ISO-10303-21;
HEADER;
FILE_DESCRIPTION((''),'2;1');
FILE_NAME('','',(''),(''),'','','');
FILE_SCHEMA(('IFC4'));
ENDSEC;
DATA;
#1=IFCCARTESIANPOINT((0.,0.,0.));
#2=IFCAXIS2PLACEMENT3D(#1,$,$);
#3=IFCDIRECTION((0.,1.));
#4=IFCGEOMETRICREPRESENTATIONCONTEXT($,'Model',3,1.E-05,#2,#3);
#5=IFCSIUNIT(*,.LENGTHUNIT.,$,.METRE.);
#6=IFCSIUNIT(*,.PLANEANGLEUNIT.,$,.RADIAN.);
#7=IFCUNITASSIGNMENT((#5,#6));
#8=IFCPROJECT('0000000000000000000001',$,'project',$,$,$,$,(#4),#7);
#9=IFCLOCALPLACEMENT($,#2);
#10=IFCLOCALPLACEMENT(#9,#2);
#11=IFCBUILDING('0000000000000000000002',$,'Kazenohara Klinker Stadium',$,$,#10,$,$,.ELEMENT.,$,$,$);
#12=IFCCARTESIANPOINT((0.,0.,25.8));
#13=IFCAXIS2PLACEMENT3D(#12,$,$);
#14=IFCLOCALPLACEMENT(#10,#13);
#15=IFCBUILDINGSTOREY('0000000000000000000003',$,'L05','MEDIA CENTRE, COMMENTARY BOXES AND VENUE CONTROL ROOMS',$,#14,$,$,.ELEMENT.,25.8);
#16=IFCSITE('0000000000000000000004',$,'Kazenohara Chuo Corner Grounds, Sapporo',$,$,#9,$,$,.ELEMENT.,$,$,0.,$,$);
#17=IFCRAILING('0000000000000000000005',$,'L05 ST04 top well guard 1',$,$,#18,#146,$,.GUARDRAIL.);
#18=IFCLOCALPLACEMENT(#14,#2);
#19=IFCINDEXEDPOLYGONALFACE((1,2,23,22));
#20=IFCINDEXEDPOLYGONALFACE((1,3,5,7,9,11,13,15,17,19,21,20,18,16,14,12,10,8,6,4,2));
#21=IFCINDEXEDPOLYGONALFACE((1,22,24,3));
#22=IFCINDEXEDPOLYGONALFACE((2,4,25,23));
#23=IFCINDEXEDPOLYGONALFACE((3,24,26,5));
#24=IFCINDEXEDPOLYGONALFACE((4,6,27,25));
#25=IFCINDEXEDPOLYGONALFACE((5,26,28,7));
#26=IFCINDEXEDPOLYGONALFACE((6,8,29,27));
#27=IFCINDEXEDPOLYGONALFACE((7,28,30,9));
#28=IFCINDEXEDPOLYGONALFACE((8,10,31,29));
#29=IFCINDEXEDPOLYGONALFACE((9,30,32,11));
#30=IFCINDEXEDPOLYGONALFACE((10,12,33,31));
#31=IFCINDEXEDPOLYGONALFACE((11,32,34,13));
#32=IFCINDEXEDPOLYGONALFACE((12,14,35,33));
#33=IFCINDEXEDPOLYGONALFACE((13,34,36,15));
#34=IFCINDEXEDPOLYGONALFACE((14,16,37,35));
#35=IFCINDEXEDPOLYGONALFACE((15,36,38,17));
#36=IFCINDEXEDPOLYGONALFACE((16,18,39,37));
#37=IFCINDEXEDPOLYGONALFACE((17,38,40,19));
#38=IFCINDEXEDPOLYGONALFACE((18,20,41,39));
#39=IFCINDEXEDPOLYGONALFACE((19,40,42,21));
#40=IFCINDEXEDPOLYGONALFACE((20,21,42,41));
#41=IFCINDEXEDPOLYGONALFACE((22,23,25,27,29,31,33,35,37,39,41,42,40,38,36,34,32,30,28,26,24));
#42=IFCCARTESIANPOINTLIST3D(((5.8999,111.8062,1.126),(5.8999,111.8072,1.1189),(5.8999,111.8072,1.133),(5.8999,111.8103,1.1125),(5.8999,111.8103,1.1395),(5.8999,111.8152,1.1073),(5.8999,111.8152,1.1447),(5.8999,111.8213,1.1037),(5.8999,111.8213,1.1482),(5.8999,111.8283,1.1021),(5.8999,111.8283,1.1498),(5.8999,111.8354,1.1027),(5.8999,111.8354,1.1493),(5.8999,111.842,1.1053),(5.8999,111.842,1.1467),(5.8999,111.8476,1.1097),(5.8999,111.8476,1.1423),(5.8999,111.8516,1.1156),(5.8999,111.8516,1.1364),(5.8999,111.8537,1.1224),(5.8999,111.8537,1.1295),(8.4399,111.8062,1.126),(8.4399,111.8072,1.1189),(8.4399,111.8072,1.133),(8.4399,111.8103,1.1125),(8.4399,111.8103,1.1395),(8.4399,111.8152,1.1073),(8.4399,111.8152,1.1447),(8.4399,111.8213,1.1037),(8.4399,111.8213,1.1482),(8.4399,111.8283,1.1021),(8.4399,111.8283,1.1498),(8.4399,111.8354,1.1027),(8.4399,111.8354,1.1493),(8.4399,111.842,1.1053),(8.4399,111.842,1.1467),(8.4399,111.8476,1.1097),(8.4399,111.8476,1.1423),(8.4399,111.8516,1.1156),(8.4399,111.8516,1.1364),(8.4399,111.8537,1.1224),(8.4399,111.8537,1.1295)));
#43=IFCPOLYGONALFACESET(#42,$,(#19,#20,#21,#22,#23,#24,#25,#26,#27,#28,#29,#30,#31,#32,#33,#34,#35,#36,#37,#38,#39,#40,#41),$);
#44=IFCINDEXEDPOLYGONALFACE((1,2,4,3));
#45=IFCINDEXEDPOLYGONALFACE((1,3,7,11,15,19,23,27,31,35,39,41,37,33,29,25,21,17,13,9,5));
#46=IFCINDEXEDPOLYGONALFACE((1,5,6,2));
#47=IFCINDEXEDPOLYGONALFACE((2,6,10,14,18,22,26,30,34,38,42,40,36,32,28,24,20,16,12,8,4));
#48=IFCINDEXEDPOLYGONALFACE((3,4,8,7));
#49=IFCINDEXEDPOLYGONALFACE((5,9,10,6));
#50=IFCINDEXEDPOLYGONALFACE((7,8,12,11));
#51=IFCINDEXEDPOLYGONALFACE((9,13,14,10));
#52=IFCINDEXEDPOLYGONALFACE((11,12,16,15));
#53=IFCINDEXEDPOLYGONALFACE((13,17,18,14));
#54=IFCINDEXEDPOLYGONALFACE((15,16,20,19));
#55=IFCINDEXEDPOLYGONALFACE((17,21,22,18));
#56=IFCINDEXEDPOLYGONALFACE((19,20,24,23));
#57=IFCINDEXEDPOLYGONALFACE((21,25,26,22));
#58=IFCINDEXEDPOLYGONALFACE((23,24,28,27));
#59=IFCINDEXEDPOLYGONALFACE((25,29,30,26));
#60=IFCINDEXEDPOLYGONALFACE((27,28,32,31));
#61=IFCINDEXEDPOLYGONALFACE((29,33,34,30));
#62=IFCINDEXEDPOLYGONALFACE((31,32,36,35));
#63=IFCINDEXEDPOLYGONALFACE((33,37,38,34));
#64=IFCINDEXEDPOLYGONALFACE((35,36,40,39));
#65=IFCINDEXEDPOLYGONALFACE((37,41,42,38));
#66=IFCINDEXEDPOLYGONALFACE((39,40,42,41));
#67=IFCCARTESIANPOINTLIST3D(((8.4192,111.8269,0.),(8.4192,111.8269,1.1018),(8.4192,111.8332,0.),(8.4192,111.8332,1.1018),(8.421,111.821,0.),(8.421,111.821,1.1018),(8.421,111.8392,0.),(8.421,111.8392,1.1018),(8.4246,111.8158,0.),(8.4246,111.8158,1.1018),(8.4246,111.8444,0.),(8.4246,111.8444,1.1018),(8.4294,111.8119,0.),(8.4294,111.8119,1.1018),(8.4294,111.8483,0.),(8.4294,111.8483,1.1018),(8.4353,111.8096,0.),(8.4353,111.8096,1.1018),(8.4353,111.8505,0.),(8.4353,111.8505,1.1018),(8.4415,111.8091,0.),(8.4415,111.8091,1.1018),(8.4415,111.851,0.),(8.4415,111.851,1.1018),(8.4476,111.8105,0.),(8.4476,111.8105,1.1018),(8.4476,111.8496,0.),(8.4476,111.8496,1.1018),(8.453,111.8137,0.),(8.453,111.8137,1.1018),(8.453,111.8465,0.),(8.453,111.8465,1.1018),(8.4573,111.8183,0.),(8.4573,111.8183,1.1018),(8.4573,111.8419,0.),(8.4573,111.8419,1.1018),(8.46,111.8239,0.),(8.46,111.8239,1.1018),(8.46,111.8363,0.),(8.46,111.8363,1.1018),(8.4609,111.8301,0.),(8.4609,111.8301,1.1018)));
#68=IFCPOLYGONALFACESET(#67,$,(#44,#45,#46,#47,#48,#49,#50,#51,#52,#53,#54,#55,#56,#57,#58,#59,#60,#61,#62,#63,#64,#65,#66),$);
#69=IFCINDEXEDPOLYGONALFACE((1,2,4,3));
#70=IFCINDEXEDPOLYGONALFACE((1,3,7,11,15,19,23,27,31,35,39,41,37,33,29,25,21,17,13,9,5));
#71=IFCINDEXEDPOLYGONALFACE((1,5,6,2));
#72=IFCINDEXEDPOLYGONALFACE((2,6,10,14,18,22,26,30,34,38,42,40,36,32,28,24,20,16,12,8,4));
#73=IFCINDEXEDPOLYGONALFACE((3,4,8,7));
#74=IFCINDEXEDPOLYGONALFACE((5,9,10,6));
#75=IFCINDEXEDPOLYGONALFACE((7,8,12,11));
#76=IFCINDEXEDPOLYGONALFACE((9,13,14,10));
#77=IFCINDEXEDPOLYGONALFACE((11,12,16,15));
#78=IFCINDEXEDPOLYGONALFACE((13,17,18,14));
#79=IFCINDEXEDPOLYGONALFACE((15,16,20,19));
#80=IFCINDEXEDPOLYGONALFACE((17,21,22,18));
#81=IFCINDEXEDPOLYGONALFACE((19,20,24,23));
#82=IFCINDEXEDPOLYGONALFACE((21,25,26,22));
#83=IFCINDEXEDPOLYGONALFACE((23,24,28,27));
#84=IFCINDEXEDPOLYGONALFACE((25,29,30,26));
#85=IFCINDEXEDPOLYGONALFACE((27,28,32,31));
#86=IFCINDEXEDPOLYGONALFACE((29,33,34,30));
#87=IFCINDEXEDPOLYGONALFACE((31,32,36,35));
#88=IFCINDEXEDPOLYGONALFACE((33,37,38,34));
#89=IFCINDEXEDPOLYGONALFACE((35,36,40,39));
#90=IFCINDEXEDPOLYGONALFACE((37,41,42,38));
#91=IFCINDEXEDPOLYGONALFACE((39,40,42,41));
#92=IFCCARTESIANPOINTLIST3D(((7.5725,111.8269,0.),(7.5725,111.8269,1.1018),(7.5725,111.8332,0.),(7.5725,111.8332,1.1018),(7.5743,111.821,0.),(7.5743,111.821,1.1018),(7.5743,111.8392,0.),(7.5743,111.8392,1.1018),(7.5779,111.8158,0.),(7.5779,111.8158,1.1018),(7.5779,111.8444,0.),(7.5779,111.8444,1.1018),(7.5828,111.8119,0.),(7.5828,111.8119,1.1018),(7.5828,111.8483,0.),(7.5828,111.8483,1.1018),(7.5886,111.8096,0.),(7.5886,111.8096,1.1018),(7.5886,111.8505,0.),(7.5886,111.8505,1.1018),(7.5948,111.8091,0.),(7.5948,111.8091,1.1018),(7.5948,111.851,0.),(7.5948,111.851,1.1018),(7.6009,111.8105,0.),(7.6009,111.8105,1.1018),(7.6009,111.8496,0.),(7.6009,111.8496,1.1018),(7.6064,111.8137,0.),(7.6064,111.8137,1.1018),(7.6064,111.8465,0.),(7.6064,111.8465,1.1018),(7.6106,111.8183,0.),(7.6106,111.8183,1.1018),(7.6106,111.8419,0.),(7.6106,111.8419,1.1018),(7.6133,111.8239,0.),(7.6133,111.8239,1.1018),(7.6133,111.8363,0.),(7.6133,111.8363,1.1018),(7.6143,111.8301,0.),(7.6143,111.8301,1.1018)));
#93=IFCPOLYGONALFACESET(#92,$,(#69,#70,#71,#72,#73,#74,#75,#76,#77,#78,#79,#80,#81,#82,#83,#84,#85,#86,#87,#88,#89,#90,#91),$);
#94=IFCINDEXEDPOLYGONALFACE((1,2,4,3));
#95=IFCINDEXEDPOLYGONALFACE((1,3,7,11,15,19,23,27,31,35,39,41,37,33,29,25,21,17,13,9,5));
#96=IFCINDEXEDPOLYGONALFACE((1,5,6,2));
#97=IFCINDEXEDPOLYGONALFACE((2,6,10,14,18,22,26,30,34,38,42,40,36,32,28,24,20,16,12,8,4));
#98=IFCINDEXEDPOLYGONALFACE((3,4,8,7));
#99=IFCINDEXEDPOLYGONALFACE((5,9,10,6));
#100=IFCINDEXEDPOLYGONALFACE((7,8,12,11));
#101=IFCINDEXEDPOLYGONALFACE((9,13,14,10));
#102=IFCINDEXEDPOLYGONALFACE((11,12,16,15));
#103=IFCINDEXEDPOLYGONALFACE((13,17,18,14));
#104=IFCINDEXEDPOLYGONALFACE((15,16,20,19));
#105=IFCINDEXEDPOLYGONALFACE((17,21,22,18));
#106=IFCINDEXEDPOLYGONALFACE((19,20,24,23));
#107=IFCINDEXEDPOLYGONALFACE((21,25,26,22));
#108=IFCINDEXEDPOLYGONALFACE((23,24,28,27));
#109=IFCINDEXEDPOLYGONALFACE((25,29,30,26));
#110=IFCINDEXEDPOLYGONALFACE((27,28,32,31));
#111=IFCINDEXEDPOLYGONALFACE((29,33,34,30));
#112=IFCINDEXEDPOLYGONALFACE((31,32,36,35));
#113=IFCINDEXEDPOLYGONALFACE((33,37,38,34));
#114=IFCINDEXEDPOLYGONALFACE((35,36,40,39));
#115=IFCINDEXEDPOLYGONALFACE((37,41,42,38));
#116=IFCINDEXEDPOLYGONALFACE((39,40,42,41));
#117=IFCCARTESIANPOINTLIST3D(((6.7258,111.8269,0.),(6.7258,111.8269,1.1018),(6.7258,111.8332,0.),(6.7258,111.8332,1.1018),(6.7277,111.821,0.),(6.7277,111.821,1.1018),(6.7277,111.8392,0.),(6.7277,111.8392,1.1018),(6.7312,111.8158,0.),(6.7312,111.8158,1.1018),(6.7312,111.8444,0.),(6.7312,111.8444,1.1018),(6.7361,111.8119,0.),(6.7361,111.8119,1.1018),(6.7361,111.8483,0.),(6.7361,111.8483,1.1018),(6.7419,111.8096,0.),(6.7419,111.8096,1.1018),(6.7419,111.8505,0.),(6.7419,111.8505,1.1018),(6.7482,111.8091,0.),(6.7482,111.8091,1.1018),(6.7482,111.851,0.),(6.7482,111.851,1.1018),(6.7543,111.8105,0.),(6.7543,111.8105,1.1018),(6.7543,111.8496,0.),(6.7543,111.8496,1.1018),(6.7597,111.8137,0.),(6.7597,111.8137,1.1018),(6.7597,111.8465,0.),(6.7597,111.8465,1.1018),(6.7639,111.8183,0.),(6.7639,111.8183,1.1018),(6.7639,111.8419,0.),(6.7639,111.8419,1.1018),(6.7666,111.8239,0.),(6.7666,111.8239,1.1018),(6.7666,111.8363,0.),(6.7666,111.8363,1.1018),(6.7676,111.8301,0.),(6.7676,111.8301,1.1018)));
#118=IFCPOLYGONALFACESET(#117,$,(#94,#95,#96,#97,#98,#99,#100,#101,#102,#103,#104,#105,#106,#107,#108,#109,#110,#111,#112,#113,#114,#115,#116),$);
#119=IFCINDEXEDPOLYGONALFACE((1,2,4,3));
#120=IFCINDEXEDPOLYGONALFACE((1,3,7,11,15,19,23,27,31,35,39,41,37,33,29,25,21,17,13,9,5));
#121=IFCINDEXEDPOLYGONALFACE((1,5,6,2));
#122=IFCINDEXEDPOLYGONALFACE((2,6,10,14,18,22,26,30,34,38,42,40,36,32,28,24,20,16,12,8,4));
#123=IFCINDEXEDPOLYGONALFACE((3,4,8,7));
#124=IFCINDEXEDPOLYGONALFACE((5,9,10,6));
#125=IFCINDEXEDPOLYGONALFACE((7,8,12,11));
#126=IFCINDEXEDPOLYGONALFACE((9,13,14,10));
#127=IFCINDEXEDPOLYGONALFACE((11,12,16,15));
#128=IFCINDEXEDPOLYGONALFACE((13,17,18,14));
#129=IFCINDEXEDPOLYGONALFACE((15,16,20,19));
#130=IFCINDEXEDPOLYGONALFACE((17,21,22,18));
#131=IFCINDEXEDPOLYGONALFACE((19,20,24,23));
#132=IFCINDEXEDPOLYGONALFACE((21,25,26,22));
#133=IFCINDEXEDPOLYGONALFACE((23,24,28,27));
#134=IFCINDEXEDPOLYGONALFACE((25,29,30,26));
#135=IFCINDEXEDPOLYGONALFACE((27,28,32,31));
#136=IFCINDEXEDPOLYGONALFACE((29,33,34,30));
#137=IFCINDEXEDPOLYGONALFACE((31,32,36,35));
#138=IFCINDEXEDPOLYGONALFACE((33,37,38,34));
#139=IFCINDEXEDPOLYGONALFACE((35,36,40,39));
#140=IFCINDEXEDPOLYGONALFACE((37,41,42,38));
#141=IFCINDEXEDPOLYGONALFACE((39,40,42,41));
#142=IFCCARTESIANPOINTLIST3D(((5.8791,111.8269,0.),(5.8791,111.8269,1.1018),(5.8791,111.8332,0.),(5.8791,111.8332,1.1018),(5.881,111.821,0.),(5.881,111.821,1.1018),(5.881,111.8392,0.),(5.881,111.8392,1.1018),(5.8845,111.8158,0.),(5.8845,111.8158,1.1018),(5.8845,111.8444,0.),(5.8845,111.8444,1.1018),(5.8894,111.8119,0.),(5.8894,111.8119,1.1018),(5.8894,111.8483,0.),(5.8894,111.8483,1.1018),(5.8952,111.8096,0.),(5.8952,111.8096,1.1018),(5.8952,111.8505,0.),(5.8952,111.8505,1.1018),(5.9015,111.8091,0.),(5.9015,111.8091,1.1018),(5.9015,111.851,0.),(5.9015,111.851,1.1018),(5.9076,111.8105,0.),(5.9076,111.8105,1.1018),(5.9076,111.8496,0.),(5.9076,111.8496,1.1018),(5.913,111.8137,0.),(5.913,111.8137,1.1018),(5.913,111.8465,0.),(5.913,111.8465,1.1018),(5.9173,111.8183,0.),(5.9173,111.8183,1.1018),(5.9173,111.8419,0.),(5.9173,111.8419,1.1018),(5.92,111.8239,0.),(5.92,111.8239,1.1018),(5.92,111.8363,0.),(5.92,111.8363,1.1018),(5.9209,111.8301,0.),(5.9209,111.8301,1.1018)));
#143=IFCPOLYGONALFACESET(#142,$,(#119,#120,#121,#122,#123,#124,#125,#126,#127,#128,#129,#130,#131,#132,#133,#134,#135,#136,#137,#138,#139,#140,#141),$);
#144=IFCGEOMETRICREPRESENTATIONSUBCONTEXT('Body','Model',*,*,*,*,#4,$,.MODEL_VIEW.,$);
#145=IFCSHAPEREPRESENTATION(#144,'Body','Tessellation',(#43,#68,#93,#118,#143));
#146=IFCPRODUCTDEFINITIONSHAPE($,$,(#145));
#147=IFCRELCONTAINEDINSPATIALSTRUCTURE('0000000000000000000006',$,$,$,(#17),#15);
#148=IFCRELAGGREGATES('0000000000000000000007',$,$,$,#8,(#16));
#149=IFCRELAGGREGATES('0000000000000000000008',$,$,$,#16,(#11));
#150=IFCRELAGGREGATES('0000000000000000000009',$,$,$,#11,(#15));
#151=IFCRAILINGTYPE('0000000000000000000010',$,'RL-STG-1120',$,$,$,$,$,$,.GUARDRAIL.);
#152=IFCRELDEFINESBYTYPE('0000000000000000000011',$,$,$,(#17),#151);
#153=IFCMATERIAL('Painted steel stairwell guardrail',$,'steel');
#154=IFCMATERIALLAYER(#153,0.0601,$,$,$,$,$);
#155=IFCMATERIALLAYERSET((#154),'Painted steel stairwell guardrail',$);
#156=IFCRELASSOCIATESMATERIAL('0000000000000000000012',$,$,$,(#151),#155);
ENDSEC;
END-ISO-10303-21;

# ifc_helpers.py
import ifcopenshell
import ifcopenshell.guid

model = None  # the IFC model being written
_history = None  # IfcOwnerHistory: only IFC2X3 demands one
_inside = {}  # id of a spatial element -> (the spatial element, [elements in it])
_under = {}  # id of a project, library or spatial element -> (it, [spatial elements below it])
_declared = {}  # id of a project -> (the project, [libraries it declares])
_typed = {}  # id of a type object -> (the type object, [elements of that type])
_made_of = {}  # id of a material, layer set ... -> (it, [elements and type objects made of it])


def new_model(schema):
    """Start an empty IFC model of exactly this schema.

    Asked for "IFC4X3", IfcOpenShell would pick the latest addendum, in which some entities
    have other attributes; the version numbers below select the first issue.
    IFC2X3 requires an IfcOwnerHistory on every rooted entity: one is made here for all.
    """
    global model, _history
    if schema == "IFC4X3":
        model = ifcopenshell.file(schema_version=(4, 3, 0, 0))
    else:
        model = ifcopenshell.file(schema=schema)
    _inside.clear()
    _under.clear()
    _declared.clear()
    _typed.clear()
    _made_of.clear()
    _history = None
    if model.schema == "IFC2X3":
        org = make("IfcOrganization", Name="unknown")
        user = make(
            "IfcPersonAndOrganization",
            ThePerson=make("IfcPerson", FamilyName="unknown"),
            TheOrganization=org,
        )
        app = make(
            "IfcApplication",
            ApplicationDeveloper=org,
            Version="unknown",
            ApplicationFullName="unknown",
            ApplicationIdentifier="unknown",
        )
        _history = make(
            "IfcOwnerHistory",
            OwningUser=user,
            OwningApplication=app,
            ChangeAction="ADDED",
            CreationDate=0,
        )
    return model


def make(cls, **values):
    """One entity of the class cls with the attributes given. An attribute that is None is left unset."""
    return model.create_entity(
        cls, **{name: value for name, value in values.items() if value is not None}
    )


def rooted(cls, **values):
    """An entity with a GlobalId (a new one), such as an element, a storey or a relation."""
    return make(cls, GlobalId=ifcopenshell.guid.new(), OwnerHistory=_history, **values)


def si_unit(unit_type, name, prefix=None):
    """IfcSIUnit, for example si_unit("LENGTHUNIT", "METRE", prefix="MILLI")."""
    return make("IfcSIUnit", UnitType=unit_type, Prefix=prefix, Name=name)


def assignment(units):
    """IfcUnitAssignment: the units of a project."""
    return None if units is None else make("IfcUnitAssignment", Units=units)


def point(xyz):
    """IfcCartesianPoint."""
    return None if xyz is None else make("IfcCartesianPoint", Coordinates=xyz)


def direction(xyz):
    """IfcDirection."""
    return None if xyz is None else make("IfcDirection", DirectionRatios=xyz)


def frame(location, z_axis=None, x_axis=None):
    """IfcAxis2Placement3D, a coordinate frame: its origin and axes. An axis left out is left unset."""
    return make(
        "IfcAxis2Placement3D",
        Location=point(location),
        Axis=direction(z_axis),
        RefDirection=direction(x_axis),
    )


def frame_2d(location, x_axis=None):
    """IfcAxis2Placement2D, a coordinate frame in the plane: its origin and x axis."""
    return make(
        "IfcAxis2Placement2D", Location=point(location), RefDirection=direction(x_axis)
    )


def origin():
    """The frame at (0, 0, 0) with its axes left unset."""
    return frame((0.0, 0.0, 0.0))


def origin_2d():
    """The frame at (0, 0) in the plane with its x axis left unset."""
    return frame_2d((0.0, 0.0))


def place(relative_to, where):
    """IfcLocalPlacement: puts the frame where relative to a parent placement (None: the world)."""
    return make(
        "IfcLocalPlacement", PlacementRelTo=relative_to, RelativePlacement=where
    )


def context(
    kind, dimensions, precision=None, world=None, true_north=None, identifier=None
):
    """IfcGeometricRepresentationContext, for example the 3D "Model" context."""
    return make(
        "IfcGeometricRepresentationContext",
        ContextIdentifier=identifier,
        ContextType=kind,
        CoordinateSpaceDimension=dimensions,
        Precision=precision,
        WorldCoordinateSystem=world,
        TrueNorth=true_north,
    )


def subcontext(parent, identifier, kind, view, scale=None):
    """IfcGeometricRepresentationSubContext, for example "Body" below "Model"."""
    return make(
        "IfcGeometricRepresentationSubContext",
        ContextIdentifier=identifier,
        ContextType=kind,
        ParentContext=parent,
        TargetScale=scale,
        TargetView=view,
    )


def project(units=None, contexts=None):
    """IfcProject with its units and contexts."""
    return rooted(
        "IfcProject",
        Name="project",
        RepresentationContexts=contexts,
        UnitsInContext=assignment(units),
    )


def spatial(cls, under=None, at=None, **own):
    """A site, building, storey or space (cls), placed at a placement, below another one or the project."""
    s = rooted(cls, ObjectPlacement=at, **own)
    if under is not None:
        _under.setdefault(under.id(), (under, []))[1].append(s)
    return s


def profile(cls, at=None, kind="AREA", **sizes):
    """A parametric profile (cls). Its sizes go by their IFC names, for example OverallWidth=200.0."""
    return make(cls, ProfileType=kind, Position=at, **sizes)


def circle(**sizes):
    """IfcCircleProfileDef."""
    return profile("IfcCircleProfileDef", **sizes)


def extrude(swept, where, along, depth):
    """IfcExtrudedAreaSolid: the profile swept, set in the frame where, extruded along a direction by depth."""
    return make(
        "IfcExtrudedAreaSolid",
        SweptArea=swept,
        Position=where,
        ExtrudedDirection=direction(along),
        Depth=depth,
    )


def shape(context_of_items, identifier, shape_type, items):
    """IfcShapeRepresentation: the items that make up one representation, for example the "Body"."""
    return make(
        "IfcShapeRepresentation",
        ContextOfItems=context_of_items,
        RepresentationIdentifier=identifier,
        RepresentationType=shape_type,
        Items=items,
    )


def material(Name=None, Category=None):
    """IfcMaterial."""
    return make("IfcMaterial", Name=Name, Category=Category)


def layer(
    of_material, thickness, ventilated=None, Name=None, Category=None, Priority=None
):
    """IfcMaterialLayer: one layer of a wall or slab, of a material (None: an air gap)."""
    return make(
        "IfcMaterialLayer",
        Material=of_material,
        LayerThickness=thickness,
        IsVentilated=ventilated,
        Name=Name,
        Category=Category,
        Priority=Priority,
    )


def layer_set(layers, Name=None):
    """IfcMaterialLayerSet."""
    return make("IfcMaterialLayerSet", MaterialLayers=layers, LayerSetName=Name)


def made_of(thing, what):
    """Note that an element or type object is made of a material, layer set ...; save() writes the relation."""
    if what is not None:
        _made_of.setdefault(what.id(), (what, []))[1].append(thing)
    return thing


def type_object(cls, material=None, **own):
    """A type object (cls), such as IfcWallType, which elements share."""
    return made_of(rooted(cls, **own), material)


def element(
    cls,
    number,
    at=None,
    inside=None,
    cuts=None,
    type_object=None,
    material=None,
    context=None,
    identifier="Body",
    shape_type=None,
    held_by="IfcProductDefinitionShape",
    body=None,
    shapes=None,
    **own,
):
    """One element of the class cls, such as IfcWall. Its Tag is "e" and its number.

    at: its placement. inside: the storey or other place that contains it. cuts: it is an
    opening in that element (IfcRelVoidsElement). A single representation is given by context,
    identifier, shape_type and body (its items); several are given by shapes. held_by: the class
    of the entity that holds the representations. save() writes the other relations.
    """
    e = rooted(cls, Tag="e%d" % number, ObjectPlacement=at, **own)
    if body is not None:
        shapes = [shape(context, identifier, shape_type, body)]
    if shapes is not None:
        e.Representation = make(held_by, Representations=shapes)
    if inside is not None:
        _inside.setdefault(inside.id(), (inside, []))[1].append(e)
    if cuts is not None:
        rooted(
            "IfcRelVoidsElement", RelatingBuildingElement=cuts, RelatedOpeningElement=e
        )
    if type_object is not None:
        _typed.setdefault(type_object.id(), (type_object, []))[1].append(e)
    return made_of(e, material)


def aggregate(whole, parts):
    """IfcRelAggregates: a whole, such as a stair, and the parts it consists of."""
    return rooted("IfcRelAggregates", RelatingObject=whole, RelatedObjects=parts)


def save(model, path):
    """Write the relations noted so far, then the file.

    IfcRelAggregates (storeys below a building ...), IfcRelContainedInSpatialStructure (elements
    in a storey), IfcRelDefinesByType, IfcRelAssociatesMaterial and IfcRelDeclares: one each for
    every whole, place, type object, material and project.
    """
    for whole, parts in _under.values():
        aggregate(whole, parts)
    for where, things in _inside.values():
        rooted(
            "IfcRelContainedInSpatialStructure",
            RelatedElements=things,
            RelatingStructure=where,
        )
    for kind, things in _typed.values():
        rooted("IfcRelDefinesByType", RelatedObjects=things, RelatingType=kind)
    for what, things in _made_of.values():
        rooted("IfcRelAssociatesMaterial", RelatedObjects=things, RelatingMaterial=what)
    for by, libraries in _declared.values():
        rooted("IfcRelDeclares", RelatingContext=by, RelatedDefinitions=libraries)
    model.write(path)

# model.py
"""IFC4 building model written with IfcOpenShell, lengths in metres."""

from ifc_helpers import new_model, si_unit, direction, frame, origin, origin_2d, place, context, subcontext, project, spatial, circle, extrude, material, layer, layer_set, type_object, element, save


model = new_model("IFC4")

# Units and contexts
model_context = context("Model", 3, precision=1e-05, world=origin(), true_north=direction((0.0, 1.0)))
body_context = subcontext(model_context, "Body", "Model", "MODEL_VIEW")
ifc_project = project(units=[si_unit("LENGTHUNIT", "METRE"), si_unit("PLANEANGLEUNIT", "RADIAN")], contexts=[model_context])

# Site, building, storey
site_placement = place(None, origin())
site = spatial("IfcSite", under=ifc_project, at=site_placement, Name="Kazenohara Chuo Corner Grounds, Sapporo", CompositionType="ELEMENT", RefElevation=0.0)
building_placement = place(site_placement, origin())
building = spatial("IfcBuilding", under=site, at=building_placement, Name="Kazenohara Klinker Stadium", CompositionType="ELEMENT")
storey_placement = place(building_placement, frame((0.0, 0.0, 25.8)))
storey = spatial("IfcBuildingStorey", under=building, at=storey_placement, Name="L05", Description="MEDIA CENTRE, COMMENTARY BOXES AND VENUE CONTROL ROOMS", CompositionType="ELEMENT", Elevation=25.8)

# Railing
ifc_material_1 = material(Name="Painted steel stairwell guardrail", Category="steel")
ifc_layer_1 = layer(ifc_material_1, 0.0601)
ifc_layer_set_1 = layer_set([ifc_layer_1], Name="Painted steel stairwell guardrail")
railing_type = type_object("IfcRailingType", Name="RL-STG-1120", PredefinedType="GUARDRAIL", material=ifc_layer_set_1)
railing_placement = place(storey_placement, frame((8.4399, 111.8301, 0.0)))
element("IfcRailing", 1, at=railing_placement, inside=storey, type_object=railing_type, Name="L05 ST04 top well guard 1", PredefinedType="GUARDRAIL", context=body_context, shape_type="SweptSolid", body=[
    extrude(circle(Radius=0.0239, at=origin_2d()), frame((0.0, 0.0, 1.126), z_axis=(-1.0, 0.0, 0.0), x_axis=(0.0, -1.0, 0.0)), (0.0, 0.0, 1.0), 2.54),
    extrude(circle(Radius=0.021, at=origin_2d()), origin(), (0.0, 0.0, 1.0), 1.1018),
    extrude(circle(Radius=0.021, at=origin_2d()), frame((-0.8467, 0.0, 0.0)), (0.0, 0.0, 1.0), 1.1018),
    extrude(circle(Radius=0.021, at=origin_2d()), frame((-1.6934, 0.0, 0.0)), (0.0, 0.0, 1.0), 1.1018),
    extrude(circle(Radius=0.021, at=origin_2d()), frame((-2.54, 0.0, 0.0)), (0.0, 0.0, 1.0), 1.1018),
])

save(model, "model.ifc")
